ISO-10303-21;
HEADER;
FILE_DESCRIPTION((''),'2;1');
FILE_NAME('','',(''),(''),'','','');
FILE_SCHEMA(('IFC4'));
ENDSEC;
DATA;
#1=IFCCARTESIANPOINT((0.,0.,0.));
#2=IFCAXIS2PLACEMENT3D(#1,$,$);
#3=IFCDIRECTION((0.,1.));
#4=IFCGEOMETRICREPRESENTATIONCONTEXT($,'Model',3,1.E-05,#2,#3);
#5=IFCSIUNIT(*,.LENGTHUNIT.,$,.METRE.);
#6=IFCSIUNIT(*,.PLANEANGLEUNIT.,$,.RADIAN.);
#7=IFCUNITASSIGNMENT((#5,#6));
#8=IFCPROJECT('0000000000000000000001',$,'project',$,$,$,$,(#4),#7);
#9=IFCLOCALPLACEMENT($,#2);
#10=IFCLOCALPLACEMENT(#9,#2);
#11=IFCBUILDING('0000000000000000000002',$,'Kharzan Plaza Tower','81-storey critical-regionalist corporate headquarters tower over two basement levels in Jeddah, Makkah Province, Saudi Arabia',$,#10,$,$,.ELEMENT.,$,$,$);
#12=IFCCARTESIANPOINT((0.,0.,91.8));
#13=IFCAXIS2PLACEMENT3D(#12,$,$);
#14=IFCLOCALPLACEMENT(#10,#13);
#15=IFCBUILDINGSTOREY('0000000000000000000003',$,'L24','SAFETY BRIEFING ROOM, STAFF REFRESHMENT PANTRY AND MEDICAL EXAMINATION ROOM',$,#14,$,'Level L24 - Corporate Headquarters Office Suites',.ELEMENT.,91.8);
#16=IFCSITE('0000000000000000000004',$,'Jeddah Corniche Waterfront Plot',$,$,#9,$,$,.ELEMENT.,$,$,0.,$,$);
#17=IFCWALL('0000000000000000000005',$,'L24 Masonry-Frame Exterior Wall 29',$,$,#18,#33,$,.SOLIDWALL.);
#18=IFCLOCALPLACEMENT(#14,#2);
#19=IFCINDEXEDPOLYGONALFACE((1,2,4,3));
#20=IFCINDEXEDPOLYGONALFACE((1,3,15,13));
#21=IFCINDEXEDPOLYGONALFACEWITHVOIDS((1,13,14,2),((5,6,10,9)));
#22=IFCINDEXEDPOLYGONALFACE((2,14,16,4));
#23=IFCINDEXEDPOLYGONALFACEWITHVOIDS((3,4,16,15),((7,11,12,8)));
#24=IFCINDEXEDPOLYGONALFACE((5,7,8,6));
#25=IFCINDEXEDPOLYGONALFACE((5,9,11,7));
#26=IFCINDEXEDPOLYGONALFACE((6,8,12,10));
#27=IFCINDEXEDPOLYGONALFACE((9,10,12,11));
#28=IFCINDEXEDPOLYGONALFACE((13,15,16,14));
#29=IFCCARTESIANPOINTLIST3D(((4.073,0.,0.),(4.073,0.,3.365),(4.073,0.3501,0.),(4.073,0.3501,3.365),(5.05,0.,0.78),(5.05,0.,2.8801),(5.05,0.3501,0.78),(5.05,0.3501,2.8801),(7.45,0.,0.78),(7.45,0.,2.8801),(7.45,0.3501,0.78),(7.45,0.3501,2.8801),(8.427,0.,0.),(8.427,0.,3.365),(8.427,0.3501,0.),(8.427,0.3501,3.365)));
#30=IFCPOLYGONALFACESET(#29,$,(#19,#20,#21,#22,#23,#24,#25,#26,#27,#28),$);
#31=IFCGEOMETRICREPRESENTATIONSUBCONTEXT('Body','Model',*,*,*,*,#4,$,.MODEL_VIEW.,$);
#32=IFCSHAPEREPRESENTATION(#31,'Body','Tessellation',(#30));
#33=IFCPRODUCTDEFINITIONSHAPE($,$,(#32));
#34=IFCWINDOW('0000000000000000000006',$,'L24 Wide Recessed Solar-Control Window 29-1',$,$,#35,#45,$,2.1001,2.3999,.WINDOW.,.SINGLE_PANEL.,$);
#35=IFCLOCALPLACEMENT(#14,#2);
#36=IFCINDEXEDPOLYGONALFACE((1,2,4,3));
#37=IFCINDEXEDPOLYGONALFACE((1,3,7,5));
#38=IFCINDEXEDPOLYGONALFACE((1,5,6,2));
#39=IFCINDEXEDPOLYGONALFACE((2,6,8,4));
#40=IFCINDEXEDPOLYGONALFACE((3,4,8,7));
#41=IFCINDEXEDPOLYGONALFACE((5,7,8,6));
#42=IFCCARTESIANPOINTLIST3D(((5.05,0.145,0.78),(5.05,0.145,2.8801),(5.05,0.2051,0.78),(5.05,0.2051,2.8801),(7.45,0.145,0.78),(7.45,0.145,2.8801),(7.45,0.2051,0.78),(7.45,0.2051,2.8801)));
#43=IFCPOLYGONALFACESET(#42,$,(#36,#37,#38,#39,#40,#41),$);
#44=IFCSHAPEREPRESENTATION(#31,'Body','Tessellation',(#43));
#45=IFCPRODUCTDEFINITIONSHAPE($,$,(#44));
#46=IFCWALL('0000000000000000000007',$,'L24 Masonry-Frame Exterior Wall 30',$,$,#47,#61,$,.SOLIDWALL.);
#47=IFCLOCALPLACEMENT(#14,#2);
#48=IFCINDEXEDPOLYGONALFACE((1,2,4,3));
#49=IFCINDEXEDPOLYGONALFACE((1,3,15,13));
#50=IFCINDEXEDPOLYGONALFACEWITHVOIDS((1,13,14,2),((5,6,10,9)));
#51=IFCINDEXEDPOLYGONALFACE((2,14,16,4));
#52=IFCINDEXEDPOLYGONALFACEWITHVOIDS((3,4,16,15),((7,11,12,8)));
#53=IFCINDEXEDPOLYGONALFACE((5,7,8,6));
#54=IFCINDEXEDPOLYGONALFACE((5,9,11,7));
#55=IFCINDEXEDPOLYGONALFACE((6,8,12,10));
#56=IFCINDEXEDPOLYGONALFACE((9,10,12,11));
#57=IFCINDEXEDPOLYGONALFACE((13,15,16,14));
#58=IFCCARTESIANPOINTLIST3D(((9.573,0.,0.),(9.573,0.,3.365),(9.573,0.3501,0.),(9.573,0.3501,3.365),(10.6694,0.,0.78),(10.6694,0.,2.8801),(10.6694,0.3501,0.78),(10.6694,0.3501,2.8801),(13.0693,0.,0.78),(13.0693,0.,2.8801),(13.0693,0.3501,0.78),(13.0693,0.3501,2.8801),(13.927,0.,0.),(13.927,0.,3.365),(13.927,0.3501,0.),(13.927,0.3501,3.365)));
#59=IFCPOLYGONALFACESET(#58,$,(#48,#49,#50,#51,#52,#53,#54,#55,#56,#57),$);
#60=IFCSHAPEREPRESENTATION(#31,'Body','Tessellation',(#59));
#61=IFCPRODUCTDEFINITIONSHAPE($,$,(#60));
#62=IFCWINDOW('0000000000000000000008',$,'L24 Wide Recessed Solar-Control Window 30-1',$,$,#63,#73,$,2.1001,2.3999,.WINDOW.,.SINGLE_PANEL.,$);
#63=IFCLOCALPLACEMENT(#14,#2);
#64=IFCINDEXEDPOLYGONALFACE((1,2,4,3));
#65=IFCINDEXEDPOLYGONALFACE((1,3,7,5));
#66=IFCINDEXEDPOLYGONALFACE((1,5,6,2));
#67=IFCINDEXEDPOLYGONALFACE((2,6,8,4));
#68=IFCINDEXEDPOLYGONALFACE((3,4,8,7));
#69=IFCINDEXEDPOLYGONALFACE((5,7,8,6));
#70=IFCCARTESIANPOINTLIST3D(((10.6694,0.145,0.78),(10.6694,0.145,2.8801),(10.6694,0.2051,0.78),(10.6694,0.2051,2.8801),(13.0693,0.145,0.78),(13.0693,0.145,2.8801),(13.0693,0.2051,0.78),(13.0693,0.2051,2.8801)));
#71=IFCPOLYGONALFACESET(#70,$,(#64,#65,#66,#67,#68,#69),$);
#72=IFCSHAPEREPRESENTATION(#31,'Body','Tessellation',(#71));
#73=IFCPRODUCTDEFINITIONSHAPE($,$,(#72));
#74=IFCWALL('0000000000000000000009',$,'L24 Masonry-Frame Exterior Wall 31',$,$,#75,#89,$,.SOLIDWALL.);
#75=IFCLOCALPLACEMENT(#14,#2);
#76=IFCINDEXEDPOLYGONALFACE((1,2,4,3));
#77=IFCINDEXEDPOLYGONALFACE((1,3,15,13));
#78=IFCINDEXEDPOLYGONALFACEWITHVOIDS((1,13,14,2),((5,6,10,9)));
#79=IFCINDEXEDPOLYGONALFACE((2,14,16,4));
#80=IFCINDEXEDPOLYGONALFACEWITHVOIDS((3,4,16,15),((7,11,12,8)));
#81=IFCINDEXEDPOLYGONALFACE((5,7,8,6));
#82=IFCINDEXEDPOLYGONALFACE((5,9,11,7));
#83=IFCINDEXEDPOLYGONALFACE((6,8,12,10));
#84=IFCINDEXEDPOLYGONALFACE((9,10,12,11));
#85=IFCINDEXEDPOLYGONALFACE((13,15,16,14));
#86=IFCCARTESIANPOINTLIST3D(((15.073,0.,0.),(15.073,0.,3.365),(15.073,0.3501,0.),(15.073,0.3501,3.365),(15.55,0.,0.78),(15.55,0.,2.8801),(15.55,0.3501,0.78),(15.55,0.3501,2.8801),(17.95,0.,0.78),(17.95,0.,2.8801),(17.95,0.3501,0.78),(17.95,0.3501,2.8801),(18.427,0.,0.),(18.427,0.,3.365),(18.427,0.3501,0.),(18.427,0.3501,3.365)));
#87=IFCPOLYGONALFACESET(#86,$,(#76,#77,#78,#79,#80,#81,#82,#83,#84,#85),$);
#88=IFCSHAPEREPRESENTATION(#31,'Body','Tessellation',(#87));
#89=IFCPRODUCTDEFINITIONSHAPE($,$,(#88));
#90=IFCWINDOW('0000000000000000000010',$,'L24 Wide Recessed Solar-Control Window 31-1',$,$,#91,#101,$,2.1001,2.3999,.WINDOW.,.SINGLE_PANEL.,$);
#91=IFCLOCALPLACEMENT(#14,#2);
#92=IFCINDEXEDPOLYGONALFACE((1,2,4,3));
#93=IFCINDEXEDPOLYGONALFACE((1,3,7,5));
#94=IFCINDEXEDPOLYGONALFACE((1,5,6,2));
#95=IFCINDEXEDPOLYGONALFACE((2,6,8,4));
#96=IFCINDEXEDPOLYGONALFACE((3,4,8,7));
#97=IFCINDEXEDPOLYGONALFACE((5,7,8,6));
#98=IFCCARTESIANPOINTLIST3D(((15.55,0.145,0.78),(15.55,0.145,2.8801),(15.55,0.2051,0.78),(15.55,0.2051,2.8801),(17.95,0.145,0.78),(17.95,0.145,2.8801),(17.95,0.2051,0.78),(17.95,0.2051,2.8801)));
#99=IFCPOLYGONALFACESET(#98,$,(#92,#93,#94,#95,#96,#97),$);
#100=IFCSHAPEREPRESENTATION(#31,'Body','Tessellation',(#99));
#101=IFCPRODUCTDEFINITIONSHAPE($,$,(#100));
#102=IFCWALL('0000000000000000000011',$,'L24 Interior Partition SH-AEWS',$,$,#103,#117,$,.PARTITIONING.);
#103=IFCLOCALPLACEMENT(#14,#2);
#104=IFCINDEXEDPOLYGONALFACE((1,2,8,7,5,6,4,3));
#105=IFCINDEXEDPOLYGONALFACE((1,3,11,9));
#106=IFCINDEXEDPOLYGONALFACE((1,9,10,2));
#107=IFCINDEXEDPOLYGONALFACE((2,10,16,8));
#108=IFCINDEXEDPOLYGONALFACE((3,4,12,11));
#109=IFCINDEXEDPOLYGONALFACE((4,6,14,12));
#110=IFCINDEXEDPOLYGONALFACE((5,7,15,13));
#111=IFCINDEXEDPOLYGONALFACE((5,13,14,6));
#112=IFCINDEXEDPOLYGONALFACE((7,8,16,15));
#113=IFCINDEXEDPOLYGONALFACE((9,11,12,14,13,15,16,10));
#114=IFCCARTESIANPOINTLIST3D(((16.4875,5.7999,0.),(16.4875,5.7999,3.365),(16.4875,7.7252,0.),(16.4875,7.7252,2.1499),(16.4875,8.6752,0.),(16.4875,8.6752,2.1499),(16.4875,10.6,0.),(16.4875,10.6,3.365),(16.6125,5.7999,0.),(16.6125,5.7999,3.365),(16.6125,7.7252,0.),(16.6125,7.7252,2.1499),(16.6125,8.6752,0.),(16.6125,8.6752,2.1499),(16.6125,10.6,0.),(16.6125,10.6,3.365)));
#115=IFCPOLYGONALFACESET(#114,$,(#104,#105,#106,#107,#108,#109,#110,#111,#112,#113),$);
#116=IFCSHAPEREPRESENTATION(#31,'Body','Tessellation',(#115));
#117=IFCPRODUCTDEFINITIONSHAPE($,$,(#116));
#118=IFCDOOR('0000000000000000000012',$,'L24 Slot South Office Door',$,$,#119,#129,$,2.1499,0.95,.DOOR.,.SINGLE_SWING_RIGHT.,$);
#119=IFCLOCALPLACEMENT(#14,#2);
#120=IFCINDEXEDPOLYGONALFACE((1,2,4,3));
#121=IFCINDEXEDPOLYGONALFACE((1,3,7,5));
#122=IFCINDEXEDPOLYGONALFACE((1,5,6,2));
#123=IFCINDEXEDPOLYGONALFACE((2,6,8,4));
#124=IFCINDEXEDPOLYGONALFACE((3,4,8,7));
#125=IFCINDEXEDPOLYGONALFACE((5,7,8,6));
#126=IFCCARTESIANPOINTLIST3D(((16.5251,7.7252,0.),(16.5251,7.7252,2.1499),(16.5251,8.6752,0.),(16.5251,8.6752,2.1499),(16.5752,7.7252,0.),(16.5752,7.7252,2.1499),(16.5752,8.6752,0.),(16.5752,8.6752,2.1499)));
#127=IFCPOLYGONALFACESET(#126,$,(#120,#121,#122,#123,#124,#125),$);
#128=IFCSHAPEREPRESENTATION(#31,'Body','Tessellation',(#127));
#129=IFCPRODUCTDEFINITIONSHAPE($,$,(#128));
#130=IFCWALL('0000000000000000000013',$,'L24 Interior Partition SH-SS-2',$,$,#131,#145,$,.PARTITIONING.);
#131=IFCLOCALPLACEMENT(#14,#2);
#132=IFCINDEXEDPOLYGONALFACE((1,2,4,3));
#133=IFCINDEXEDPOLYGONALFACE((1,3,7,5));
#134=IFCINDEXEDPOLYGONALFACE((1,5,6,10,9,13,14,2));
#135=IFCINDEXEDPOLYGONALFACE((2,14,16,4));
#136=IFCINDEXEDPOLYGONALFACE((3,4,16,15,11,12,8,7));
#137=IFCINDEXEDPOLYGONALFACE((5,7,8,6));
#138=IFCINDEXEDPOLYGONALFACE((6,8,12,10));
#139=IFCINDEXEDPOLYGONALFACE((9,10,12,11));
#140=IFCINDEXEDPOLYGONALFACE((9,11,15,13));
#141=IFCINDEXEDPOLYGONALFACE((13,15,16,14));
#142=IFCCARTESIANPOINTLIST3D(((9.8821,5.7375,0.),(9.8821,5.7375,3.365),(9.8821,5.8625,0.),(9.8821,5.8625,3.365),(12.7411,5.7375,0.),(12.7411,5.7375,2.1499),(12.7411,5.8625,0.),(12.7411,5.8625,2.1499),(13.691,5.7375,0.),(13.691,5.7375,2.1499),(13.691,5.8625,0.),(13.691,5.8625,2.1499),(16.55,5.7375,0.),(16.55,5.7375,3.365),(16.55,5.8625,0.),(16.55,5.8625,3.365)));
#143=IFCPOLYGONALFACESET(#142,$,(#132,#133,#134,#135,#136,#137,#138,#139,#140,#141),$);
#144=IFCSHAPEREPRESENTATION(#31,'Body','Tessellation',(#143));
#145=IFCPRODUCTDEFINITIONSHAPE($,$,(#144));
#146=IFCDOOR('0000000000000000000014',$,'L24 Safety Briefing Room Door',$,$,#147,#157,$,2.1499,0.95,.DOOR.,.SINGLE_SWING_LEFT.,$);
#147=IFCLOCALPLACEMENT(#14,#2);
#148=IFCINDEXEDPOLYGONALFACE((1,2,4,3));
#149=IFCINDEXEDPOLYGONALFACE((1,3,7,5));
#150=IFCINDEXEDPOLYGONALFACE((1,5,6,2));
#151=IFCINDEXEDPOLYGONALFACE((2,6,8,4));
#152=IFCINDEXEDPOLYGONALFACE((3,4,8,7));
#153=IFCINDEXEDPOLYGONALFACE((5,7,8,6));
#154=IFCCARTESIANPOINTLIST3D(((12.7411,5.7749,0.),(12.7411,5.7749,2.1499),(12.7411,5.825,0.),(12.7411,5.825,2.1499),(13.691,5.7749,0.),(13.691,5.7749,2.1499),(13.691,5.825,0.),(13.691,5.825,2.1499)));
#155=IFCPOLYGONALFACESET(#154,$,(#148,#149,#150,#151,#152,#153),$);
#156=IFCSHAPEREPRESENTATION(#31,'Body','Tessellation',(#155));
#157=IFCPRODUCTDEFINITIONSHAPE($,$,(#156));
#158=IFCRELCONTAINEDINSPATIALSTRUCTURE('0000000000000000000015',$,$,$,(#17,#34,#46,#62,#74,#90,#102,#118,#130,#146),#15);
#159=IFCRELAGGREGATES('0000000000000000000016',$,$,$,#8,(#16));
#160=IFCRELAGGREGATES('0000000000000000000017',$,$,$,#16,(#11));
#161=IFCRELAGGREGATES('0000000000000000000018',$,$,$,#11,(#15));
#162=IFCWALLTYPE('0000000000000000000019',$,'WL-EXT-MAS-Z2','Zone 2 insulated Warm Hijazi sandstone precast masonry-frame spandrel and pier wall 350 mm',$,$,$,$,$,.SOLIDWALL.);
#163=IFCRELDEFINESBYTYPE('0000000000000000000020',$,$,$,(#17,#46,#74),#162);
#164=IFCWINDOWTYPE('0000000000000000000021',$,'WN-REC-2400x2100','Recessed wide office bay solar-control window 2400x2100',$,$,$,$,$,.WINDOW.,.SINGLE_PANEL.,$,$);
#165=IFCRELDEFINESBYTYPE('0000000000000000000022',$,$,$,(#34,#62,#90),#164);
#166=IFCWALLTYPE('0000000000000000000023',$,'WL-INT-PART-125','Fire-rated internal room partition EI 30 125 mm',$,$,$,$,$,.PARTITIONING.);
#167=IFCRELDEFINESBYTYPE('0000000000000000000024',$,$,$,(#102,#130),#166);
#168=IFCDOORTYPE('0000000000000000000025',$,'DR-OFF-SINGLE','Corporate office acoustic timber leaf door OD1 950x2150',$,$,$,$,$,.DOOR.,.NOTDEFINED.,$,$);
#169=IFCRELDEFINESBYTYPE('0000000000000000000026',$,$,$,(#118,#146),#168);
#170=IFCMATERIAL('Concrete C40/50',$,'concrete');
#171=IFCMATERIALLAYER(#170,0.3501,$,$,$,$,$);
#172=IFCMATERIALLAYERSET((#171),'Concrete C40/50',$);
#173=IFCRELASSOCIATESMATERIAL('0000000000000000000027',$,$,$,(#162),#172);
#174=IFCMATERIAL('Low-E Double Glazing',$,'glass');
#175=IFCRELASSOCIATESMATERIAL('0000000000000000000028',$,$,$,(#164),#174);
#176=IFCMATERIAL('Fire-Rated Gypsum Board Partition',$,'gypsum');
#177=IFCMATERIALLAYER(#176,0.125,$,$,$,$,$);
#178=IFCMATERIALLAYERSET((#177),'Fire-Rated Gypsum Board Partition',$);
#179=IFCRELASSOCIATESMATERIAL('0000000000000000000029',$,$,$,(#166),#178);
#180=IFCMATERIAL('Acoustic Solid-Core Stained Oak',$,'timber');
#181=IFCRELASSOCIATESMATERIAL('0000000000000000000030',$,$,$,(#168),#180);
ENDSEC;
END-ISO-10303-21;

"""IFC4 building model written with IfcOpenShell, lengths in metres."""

from ifc_helpers import new_model, si_unit, direction, frame, frame_2d, origin, place, context, subcontext, project, spatial, rectangle, extrude, source, transform, mapped, material, layer, layer_set, type_object, element, fill, save


model = new_model("IFC4")

# Units and contexts
model_context = context("Model", 3, precision=1e-05, world=origin(), true_north=direction((0.0, 1.0)))
body_context = subcontext(model_context, "Body", "Model", "MODEL_VIEW")
ifc_project = project(units=[si_unit("LENGTHUNIT", "METRE"), si_unit("PLANEANGLEUNIT", "RADIAN")], contexts=[model_context])

# Site, building, storey
site_placement = place(None, origin())
site = spatial("IfcSite", under=ifc_project, at=site_placement, Name="Jeddah Corniche Waterfront Plot", CompositionType="ELEMENT", RefElevation=0.0)
building_placement = place(site_placement, origin())
building = spatial("IfcBuilding", under=site, at=building_placement, Name="Kharzan Plaza Tower", Description="81-storey critical-regionalist corporate headquarters tower over two basement levels in Jeddah, Makkah Province, Saudi Arabia", CompositionType="ELEMENT")
storey_placement = place(building_placement, frame((0.0, 0.0, 91.8)))
storey = spatial("IfcBuildingStorey", under=building, at=storey_placement, Name="L24", Description="SAFETY BRIEFING ROOM, STAFF REFRESHMENT PANTRY AND MEDICAL EXAMINATION ROOM", LongName="Level L24 - Corporate Headquarters Office Suites", CompositionType="ELEMENT", Elevation=91.8)

# Walls, openings, windows
ifc_material_1 = material(Name="Concrete C40/50", Category="concrete")
ifc_layer_1 = layer(ifc_material_1, 0.3501)
ifc_layer_set_1 = layer_set([ifc_layer_1], Name="Concrete C40/50")
wall_type_1 = type_object("IfcWallType", Name="WL-EXT-MAS-Z2", Description="Zone 2 insulated Warm Hijazi sandstone precast masonry-frame spandrel and pier wall 350 mm", PredefinedType="SOLIDWALL", material=ifc_layer_set_1)
wall_1_placement = place(storey_placement, frame((4.073, 0.175, 0.0), z_axis=(0.0, 0.0, 1.0), x_axis=(1.0, 0.0, 0.0)))
wall_1 = element("IfcWall", 1, at=wall_1_placement, inside=storey, type_object=wall_type_1, Name="L24 Masonry-Frame Exterior Wall 29", PredefinedType="SOLIDWALL", context=body_context, shape_type="SweptSolid", body=[
    extrude(rectangle(XDim=4.354, YDim=0.3501, at=frame_2d((2.177, 0.0))), origin(), (0.0, 0.0, 1.0), 3.365),
])
opening_1_placement = place(wall_1_placement, frame((0.9771, 0.0, 0.78)))
opening_1 = element("IfcOpeningElement", 2, at=opening_1_placement, cuts=wall_1, PredefinedType="OPENING", context=body_context, shape_type="SweptSolid", body=[
    extrude(rectangle(XDim=2.3999, YDim=2.1001, at=frame_2d((1.2, 1.05))), frame((0.0, 0.1851, 0.0), z_axis=(0.0, -1.0, 0.0), x_axis=(1.0, 0.0, 0.0)), (0.0, 0.0, 1.0), 0.3701),
])
ifc_material_2 = material(Name="Low-E Double Glazing", Category="glass")
window_type = type_object("IfcWindowType", Name="WN-REC-2400x2100", Description="Recessed wide office bay solar-control window 2400x2100", PartitioningType="SINGLE_PANEL", PredefinedType="WINDOW", material=ifc_material_2)
shared_shape_1 = source(origin(), body_context, "Body", "SweptSolid", [
    extrude(rectangle(XDim=2.3999, YDim=2.1001, at=frame_2d((1.2, 1.05))), frame((0.0, 0.03, 0.0), z_axis=(0.0, -1.0, 0.0), x_axis=(1.0, 0.0, 0.0)), (0.0, 0.0, 1.0), 0.0601),
])
window_1_placement = place(opening_1_placement, origin())
window_1 = element("IfcWindow", 3, at=window_1_placement, inside=storey, type_object=window_type, Name="L24 Wide Recessed Solar-Control Window 29-1", OverallHeight=2.1001, OverallWidth=2.3999, PartitioningType="SINGLE_PANEL", PredefinedType="WINDOW", context=body_context, shape_type="MappedRepresentation", body=[
    mapped(shared_shape_1, transform((0.0, 0.0, 0.0), x_axis=(1.0, 0.0, 0.0), y_axis=(0.0, 1.0, 0.0), z_axis=(0.0, 0.0, 1.0))),
])
fill(opening_1, window_1)
wall_2_placement = place(storey_placement, frame((9.573, 0.175, 0.0), z_axis=(0.0, 0.0, 1.0), x_axis=(1.0, 0.0, 0.0)))
wall_2 = element("IfcWall", 4, at=wall_2_placement, inside=storey, type_object=wall_type_1, Name="L24 Masonry-Frame Exterior Wall 30", PredefinedType="SOLIDWALL", context=body_context, shape_type="SweptSolid", body=[
    extrude(rectangle(XDim=4.354, YDim=0.3501, at=frame_2d((2.177, 0.0))), origin(), (0.0, 0.0, 1.0), 3.365),
])
opening_2_placement = place(wall_2_placement, frame((1.0964, 0.0, 0.78)))
opening_2 = element("IfcOpeningElement", 5, at=opening_2_placement, cuts=wall_2, PredefinedType="OPENING", context=body_context, shape_type="SweptSolid", body=[
    extrude(rectangle(XDim=2.3999, YDim=2.1001, at=frame_2d((1.2, 1.05))), frame((0.0, 0.1851, 0.0), z_axis=(0.0, -1.0, 0.0), x_axis=(1.0, 0.0, 0.0)), (0.0, 0.0, 1.0), 0.3701),
])
window_2_placement = place(opening_2_placement, origin())
window_2 = element("IfcWindow", 6, at=window_2_placement, inside=storey, type_object=window_type, Name="L24 Wide Recessed Solar-Control Window 30-1", OverallHeight=2.1001, OverallWidth=2.3999, PartitioningType="SINGLE_PANEL", PredefinedType="WINDOW", context=body_context, shape_type="MappedRepresentation", body=[
    mapped(shared_shape_1, transform((0.0, 0.0, 0.0), x_axis=(1.0, 0.0, 0.0), y_axis=(0.0, 1.0, 0.0), z_axis=(0.0, 0.0, 1.0))),
])
fill(opening_2, window_2)
wall_3_placement = place(storey_placement, frame((15.073, 0.175, 0.0), z_axis=(0.0, 0.0, 1.0), x_axis=(1.0, 0.0, 0.0)))
wall_3 = element("IfcWall", 7, at=wall_3_placement, inside=storey, type_object=wall_type_1, Name="L24 Masonry-Frame Exterior Wall 31", PredefinedType="SOLIDWALL", context=body_context, shape_type="SweptSolid", body=[
    extrude(rectangle(XDim=3.354, YDim=0.3501, at=frame_2d((1.677, 0.0))), origin(), (0.0, 0.0, 1.0), 3.365),
])
opening_3_placement = place(wall_3_placement, frame((0.4771, 0.0, 0.78)))
opening_3 = element("IfcOpeningElement", 8, at=opening_3_placement, cuts=wall_3, PredefinedType="OPENING", context=body_context, shape_type="SweptSolid", body=[
    extrude(rectangle(XDim=2.3999, YDim=2.1001, at=frame_2d((1.2, 1.05))), frame((0.0, 0.1851, 0.0), z_axis=(0.0, -1.0, 0.0), x_axis=(1.0, 0.0, 0.0)), (0.0, 0.0, 1.0), 0.3701),
])
window_3_placement = place(opening_3_placement, origin())
window_3 = element("IfcWindow", 9, at=window_3_placement, inside=storey, type_object=window_type, Name="L24 Wide Recessed Solar-Control Window 31-1", OverallHeight=2.1001, OverallWidth=2.3999, PartitioningType="SINGLE_PANEL", PredefinedType="WINDOW", context=body_context, shape_type="MappedRepresentation", body=[
    mapped(shared_shape_1, transform((0.0, 0.0, 0.0), x_axis=(1.0, 0.0, 0.0), y_axis=(0.0, 1.0, 0.0), z_axis=(0.0, 0.0, 1.0))),
])
fill(opening_3, window_3)

# Walls, openings, doors
ifc_material_3 = material(Name="Fire-Rated Gypsum Board Partition", Category="gypsum")
ifc_layer_2 = layer(ifc_material_3, 0.125)
ifc_layer_set_2 = layer_set([ifc_layer_2], Name="Fire-Rated Gypsum Board Partition")
wall_type_2 = type_object("IfcWallType", Name="WL-INT-PART-125", Description="Fire-rated internal room partition EI 30 125 mm", PredefinedType="PARTITIONING", material=ifc_layer_set_2)
wall_4_placement = place(storey_placement, frame((16.55, 5.8, 0.0), z_axis=(0.0, 0.0, 1.0), x_axis=(0.0, 1.0, 0.0)))
wall_4 = element("IfcWall", 10, at=wall_4_placement, inside=storey, type_object=wall_type_2, Name="L24 Interior Partition SH-AEWS", PredefinedType="PARTITIONING", context=body_context, shape_type="SweptSolid", body=[
    extrude(rectangle(XDim=4.8, YDim=0.125, at=frame_2d((2.3999, 0.0))), origin(), (0.0, 0.0, 1.0), 3.365),
])
opening_4_placement = place(wall_4_placement, frame((1.925, 0.0, 0.0)))
opening_4 = element("IfcOpeningElement", 11, at=opening_4_placement, cuts=wall_4, PredefinedType="OPENING", context=body_context, shape_type="SweptSolid", body=[
    extrude(rectangle(XDim=0.95, YDim=2.1499, at=frame_2d((0.4751, 1.075))), frame((0.0, 0.0725, 0.0), z_axis=(0.0, -1.0, 0.0), x_axis=(1.0, 0.0, 0.0)), (0.0, 0.0, 1.0), 0.145),
])
ifc_material_4 = material(Name="Acoustic Solid-Core Stained Oak", Category="timber")
door_type = type_object("IfcDoorType", Name="DR-OFF-SINGLE", Description="Corporate office acoustic timber leaf door OD1 950x2150", OperationType="NOTDEFINED", PredefinedType="DOOR", material=ifc_material_4)
shared_shape_2 = source(origin(), body_context, "Body", "SweptSolid", [
    extrude(rectangle(XDim=0.95, YDim=2.1499, at=frame_2d((0.4751, 1.075))), frame((0.0, 0.0249, 0.0), z_axis=(0.0, -1.0, 0.0), x_axis=(1.0, 0.0, 0.0)), (0.0, 0.0, 1.0), 0.05),
])
door_1_placement = place(opening_4_placement, origin())
door_1 = element("IfcDoor", 12, at=door_1_placement, inside=storey, type_object=door_type, Name="L24 Slot South Office Door", OperationType="SINGLE_SWING_RIGHT", OverallHeight=2.1499, OverallWidth=0.95, PredefinedType="DOOR", context=body_context, shape_type="MappedRepresentation", body=[
    mapped(shared_shape_2, transform((0.0, 0.0, 0.0), x_axis=(1.0, 0.0, 0.0), y_axis=(0.0, 1.0, 0.0), z_axis=(0.0, 0.0, 1.0))),
])
fill(opening_4, door_1)
wall_5_placement = place(storey_placement, frame((9.8821, 5.8, 0.0), z_axis=(0.0, 0.0, 1.0), x_axis=(1.0, 0.0, 0.0)))
wall_5 = element("IfcWall", 13, at=wall_5_placement, inside=storey, type_object=wall_type_2, Name="L24 Interior Partition SH-SS-2", PredefinedType="PARTITIONING", context=body_context, shape_type="SweptSolid", body=[
    extrude(rectangle(XDim=6.668, YDim=0.125, at=frame_2d((3.334, 0.0))), origin(), (0.0, 0.0, 1.0), 3.365),
])
opening_5_placement = place(wall_5_placement, frame((2.8589, 0.0, 0.0)))
opening_5 = element("IfcOpeningElement", 14, at=opening_5_placement, cuts=wall_5, PredefinedType="OPENING", context=body_context, shape_type="SweptSolid", body=[
    extrude(rectangle(XDim=0.95, YDim=2.1499, at=frame_2d((0.4751, 1.075))), frame((0.0, 0.0725, 0.0), z_axis=(0.0, -1.0, 0.0), x_axis=(1.0, 0.0, 0.0)), (0.0, 0.0, 1.0), 0.145),
])
door_2_placement = place(opening_5_placement, origin())
door_2 = element("IfcDoor", 15, at=door_2_placement, inside=storey, type_object=door_type, Name="L24 Safety Briefing Room Door", OperationType="SINGLE_SWING_LEFT", OverallHeight=2.1499, OverallWidth=0.95, PredefinedType="DOOR", context=body_context, shape_type="MappedRepresentation", body=[
    mapped(shared_shape_2, transform((0.0, 0.0, 0.0), x_axis=(1.0, 0.0, 0.0), y_axis=(0.0, 1.0, 0.0), z_axis=(0.0, 0.0, 1.0))),
])
fill(opening_5, door_2)

save(model, "model.ifc")
